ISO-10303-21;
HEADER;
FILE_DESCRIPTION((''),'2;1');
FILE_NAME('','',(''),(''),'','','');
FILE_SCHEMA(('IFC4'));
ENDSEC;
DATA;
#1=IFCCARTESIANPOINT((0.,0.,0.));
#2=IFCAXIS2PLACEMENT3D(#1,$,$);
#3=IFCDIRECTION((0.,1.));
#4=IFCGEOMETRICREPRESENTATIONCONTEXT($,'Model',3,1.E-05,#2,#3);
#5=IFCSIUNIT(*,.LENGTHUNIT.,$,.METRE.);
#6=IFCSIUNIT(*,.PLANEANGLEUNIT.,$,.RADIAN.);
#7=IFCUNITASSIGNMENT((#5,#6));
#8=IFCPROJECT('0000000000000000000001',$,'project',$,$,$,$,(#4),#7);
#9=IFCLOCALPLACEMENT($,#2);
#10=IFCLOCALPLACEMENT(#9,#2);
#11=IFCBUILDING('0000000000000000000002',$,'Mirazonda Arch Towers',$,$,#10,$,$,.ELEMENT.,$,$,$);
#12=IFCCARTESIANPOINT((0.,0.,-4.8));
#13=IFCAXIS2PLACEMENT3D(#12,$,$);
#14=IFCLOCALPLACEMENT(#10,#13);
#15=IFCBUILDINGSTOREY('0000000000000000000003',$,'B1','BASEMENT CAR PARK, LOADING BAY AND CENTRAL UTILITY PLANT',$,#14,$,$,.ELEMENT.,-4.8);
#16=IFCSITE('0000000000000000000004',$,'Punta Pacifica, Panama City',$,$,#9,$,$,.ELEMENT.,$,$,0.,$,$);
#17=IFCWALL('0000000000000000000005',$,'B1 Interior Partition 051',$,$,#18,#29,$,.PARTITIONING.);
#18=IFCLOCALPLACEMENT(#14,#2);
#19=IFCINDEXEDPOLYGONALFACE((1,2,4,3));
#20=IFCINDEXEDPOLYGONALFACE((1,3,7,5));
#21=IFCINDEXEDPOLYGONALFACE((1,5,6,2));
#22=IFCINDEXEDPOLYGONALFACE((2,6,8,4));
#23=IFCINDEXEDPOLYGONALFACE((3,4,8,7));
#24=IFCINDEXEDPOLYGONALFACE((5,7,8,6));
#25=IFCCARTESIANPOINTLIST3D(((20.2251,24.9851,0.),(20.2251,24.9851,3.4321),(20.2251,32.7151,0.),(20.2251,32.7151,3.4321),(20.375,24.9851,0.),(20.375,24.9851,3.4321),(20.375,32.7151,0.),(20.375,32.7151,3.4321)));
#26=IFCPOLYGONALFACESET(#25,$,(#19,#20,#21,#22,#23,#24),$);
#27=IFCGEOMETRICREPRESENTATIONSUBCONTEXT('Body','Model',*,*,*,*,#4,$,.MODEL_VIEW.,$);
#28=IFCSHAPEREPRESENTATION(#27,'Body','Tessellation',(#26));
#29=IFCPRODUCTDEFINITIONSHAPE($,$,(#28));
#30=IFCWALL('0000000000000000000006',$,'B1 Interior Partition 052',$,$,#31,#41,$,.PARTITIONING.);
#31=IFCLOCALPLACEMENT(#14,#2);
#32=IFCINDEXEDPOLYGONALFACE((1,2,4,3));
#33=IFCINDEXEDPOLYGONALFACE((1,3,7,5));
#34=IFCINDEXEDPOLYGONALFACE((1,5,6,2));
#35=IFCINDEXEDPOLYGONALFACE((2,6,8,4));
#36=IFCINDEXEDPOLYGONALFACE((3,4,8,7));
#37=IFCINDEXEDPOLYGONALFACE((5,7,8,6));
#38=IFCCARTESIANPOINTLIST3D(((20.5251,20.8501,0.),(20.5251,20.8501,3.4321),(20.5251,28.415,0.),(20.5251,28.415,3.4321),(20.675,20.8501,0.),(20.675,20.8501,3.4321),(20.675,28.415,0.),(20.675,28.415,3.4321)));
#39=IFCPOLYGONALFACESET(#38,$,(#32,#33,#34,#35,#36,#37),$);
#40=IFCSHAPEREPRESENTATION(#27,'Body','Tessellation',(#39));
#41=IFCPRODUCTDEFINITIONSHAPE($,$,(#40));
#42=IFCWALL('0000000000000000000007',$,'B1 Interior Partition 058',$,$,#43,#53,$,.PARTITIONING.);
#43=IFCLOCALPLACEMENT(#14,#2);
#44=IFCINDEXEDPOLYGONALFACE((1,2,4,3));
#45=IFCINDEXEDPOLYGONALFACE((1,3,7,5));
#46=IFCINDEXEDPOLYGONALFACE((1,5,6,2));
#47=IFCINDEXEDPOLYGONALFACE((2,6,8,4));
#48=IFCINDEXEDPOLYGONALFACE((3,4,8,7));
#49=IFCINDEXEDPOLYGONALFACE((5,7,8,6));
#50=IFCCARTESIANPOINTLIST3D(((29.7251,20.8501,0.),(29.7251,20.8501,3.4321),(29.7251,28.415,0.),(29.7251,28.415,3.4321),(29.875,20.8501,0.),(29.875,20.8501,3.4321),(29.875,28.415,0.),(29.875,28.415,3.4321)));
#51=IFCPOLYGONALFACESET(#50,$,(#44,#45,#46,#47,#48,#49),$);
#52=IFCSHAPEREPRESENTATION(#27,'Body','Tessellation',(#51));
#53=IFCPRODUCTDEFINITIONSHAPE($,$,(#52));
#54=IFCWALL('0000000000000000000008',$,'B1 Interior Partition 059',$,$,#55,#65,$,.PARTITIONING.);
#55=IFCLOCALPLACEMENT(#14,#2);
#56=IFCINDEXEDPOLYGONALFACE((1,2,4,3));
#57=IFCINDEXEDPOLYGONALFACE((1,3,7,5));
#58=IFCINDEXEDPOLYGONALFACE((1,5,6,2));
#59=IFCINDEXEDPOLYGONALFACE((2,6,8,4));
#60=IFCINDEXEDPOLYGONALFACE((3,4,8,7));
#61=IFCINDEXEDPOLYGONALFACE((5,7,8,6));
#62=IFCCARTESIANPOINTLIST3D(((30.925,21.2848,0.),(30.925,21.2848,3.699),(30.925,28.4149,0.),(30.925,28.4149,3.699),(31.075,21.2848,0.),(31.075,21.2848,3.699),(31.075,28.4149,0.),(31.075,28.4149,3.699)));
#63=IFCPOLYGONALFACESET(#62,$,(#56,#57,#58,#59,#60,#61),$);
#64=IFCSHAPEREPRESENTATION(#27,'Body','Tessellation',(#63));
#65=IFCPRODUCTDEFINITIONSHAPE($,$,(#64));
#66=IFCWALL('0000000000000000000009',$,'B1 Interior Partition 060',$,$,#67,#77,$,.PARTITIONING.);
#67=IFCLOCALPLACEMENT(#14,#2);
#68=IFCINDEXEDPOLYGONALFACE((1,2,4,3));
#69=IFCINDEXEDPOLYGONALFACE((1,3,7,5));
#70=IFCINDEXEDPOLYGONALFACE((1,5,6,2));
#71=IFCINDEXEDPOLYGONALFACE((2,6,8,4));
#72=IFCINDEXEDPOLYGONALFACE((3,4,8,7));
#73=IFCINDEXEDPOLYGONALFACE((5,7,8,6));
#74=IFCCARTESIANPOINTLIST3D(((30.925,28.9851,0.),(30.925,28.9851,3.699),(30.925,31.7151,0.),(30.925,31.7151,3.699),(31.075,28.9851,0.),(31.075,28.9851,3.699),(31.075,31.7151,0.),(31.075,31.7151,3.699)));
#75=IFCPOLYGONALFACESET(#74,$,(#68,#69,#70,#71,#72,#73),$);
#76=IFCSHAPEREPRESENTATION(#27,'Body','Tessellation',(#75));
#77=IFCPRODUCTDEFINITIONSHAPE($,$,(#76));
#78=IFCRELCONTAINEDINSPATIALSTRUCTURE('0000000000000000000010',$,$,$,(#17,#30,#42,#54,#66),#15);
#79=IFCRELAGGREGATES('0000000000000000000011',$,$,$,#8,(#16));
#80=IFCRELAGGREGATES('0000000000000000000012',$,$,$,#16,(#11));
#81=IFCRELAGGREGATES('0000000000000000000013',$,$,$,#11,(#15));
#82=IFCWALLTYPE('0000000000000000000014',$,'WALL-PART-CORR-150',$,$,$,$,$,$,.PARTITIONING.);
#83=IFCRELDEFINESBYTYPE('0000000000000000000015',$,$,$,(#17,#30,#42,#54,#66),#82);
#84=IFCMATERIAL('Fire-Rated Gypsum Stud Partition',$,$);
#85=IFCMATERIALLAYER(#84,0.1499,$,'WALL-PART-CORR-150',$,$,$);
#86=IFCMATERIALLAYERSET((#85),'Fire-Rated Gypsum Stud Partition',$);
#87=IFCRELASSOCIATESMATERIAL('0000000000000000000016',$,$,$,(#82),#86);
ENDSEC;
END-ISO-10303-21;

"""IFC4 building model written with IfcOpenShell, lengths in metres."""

from ifc_helpers import new_model, si_unit, direction, frame, frame_2d, origin, place, context, subcontext, project, spatial, rectangle, extrude, material, layer, layer_set, type_object, element, save


model = new_model("IFC4")

# Units and contexts
model_context = context("Model", 3, precision=1e-05, world=origin(), true_north=direction((0.0, 1.0)))
body_context = subcontext(model_context, "Body", "Model", "MODEL_VIEW")
ifc_project = project(units=[si_unit("LENGTHUNIT", "METRE"), si_unit("PLANEANGLEUNIT", "RADIAN")], contexts=[model_context])

# Site, building, storey
site_placement = place(None, origin())
site = spatial("IfcSite", under=ifc_project, at=site_placement, Name="Punta Pacifica, Panama City", CompositionType="ELEMENT", RefElevation=0.0)
building_placement = place(site_placement, origin())
building = spatial("IfcBuilding", under=site, at=building_placement, Name="Mirazonda Arch Towers", CompositionType="ELEMENT")
storey_placement = place(building_placement, frame((0.0, 0.0, -4.8)))
storey = spatial("IfcBuildingStorey", under=building, at=storey_placement, Name="B1", Description="BASEMENT CAR PARK, LOADING BAY AND CENTRAL UTILITY PLANT", CompositionType="ELEMENT", Elevation=-4.8)

# Shared definitions
ifc_material_1 = material(Name="Fire-Rated Gypsum Stud Partition")
ifc_layer_1 = layer(ifc_material_1, 0.1499, Name="WALL-PART-CORR-150")
ifc_layer_set_1 = layer_set([ifc_layer_1], Name="Fire-Rated Gypsum Stud Partition")
wall_type_1 = type_object("IfcWallType", Name="WALL-PART-CORR-150", PredefinedType="PARTITIONING", material=ifc_layer_set_1)

# Walls
wall_1_placement = place(storey_placement, frame((20.3, 24.9851, 0.0), z_axis=(0.0, 0.0, 1.0), x_axis=(0.0, 1.0, 0.0)))
element("IfcWall", 1, at=wall_1_placement, inside=storey, type_object=wall_type_1, Name="B1 Interior Partition 051", PredefinedType="PARTITIONING", context=body_context, shape_type="SweptSolid", body=[
    extrude(rectangle(XDim=7.73, YDim=0.1499, at=frame_2d((3.865, 0.0))), origin(), (0.0, 0.0, 1.0), 3.4321),
])
for number, where, z_axis, x_axis, name in (
    (2, (20.6001, 20.8501, 0.0), (0.0, 0.0, 1.0), (0.0, 1.0, 0.0), "B1 Interior Partition 052"),
    (3, (29.8, 20.8501, 0.0), (0.0, 0.0, 1.0), (0.0, 1.0, 0.0), "B1 Interior Partition 058"),
):
    element("IfcWall", number, at=place(storey_placement, frame(where, z_axis=z_axis, x_axis=x_axis)), inside=storey, type_object=wall_type_1, Name=name, PredefinedType="PARTITIONING", context=body_context, shape_type="SweptSolid", body=[
        extrude(rectangle(XDim=7.5649, YDim=0.1499, at=frame_2d((3.7825, 0.0))), origin(), (0.0, 0.0, 1.0), 3.4321),
    ])
wall_2_placement = place(storey_placement, frame((31.0, 21.2849, 0.0), z_axis=(0.0, 0.0, 1.0), x_axis=(0.0, 1.0, 0.0)))
element("IfcWall", 4, at=wall_2_placement, inside=storey, type_object=wall_type_1, Name="B1 Interior Partition 059", PredefinedType="PARTITIONING", context=body_context, shape_type="SweptSolid", body=[
    extrude(rectangle(XDim=7.1301, YDim=0.1499, at=frame_2d((3.5649, 0.0))), origin(), (0.0, 0.0, 1.0), 3.699),
])
wall_3_placement = place(storey_placement, frame((31.0, 28.9851, 0.0), z_axis=(0.0, 0.0, 1.0), x_axis=(0.0, 1.0, 0.0)))
element("IfcWall", 5, at=wall_3_placement, inside=storey, type_object=wall_type_1, Name="B1 Interior Partition 060", PredefinedType="PARTITIONING", context=body_context, shape_type="SweptSolid", body=[
    extrude(rectangle(XDim=2.73, YDim=0.1499, at=frame_2d((1.365, 0.0))), origin(), (0.0, 0.0, 1.0), 3.699),
])

save(model, "model.ifc")
